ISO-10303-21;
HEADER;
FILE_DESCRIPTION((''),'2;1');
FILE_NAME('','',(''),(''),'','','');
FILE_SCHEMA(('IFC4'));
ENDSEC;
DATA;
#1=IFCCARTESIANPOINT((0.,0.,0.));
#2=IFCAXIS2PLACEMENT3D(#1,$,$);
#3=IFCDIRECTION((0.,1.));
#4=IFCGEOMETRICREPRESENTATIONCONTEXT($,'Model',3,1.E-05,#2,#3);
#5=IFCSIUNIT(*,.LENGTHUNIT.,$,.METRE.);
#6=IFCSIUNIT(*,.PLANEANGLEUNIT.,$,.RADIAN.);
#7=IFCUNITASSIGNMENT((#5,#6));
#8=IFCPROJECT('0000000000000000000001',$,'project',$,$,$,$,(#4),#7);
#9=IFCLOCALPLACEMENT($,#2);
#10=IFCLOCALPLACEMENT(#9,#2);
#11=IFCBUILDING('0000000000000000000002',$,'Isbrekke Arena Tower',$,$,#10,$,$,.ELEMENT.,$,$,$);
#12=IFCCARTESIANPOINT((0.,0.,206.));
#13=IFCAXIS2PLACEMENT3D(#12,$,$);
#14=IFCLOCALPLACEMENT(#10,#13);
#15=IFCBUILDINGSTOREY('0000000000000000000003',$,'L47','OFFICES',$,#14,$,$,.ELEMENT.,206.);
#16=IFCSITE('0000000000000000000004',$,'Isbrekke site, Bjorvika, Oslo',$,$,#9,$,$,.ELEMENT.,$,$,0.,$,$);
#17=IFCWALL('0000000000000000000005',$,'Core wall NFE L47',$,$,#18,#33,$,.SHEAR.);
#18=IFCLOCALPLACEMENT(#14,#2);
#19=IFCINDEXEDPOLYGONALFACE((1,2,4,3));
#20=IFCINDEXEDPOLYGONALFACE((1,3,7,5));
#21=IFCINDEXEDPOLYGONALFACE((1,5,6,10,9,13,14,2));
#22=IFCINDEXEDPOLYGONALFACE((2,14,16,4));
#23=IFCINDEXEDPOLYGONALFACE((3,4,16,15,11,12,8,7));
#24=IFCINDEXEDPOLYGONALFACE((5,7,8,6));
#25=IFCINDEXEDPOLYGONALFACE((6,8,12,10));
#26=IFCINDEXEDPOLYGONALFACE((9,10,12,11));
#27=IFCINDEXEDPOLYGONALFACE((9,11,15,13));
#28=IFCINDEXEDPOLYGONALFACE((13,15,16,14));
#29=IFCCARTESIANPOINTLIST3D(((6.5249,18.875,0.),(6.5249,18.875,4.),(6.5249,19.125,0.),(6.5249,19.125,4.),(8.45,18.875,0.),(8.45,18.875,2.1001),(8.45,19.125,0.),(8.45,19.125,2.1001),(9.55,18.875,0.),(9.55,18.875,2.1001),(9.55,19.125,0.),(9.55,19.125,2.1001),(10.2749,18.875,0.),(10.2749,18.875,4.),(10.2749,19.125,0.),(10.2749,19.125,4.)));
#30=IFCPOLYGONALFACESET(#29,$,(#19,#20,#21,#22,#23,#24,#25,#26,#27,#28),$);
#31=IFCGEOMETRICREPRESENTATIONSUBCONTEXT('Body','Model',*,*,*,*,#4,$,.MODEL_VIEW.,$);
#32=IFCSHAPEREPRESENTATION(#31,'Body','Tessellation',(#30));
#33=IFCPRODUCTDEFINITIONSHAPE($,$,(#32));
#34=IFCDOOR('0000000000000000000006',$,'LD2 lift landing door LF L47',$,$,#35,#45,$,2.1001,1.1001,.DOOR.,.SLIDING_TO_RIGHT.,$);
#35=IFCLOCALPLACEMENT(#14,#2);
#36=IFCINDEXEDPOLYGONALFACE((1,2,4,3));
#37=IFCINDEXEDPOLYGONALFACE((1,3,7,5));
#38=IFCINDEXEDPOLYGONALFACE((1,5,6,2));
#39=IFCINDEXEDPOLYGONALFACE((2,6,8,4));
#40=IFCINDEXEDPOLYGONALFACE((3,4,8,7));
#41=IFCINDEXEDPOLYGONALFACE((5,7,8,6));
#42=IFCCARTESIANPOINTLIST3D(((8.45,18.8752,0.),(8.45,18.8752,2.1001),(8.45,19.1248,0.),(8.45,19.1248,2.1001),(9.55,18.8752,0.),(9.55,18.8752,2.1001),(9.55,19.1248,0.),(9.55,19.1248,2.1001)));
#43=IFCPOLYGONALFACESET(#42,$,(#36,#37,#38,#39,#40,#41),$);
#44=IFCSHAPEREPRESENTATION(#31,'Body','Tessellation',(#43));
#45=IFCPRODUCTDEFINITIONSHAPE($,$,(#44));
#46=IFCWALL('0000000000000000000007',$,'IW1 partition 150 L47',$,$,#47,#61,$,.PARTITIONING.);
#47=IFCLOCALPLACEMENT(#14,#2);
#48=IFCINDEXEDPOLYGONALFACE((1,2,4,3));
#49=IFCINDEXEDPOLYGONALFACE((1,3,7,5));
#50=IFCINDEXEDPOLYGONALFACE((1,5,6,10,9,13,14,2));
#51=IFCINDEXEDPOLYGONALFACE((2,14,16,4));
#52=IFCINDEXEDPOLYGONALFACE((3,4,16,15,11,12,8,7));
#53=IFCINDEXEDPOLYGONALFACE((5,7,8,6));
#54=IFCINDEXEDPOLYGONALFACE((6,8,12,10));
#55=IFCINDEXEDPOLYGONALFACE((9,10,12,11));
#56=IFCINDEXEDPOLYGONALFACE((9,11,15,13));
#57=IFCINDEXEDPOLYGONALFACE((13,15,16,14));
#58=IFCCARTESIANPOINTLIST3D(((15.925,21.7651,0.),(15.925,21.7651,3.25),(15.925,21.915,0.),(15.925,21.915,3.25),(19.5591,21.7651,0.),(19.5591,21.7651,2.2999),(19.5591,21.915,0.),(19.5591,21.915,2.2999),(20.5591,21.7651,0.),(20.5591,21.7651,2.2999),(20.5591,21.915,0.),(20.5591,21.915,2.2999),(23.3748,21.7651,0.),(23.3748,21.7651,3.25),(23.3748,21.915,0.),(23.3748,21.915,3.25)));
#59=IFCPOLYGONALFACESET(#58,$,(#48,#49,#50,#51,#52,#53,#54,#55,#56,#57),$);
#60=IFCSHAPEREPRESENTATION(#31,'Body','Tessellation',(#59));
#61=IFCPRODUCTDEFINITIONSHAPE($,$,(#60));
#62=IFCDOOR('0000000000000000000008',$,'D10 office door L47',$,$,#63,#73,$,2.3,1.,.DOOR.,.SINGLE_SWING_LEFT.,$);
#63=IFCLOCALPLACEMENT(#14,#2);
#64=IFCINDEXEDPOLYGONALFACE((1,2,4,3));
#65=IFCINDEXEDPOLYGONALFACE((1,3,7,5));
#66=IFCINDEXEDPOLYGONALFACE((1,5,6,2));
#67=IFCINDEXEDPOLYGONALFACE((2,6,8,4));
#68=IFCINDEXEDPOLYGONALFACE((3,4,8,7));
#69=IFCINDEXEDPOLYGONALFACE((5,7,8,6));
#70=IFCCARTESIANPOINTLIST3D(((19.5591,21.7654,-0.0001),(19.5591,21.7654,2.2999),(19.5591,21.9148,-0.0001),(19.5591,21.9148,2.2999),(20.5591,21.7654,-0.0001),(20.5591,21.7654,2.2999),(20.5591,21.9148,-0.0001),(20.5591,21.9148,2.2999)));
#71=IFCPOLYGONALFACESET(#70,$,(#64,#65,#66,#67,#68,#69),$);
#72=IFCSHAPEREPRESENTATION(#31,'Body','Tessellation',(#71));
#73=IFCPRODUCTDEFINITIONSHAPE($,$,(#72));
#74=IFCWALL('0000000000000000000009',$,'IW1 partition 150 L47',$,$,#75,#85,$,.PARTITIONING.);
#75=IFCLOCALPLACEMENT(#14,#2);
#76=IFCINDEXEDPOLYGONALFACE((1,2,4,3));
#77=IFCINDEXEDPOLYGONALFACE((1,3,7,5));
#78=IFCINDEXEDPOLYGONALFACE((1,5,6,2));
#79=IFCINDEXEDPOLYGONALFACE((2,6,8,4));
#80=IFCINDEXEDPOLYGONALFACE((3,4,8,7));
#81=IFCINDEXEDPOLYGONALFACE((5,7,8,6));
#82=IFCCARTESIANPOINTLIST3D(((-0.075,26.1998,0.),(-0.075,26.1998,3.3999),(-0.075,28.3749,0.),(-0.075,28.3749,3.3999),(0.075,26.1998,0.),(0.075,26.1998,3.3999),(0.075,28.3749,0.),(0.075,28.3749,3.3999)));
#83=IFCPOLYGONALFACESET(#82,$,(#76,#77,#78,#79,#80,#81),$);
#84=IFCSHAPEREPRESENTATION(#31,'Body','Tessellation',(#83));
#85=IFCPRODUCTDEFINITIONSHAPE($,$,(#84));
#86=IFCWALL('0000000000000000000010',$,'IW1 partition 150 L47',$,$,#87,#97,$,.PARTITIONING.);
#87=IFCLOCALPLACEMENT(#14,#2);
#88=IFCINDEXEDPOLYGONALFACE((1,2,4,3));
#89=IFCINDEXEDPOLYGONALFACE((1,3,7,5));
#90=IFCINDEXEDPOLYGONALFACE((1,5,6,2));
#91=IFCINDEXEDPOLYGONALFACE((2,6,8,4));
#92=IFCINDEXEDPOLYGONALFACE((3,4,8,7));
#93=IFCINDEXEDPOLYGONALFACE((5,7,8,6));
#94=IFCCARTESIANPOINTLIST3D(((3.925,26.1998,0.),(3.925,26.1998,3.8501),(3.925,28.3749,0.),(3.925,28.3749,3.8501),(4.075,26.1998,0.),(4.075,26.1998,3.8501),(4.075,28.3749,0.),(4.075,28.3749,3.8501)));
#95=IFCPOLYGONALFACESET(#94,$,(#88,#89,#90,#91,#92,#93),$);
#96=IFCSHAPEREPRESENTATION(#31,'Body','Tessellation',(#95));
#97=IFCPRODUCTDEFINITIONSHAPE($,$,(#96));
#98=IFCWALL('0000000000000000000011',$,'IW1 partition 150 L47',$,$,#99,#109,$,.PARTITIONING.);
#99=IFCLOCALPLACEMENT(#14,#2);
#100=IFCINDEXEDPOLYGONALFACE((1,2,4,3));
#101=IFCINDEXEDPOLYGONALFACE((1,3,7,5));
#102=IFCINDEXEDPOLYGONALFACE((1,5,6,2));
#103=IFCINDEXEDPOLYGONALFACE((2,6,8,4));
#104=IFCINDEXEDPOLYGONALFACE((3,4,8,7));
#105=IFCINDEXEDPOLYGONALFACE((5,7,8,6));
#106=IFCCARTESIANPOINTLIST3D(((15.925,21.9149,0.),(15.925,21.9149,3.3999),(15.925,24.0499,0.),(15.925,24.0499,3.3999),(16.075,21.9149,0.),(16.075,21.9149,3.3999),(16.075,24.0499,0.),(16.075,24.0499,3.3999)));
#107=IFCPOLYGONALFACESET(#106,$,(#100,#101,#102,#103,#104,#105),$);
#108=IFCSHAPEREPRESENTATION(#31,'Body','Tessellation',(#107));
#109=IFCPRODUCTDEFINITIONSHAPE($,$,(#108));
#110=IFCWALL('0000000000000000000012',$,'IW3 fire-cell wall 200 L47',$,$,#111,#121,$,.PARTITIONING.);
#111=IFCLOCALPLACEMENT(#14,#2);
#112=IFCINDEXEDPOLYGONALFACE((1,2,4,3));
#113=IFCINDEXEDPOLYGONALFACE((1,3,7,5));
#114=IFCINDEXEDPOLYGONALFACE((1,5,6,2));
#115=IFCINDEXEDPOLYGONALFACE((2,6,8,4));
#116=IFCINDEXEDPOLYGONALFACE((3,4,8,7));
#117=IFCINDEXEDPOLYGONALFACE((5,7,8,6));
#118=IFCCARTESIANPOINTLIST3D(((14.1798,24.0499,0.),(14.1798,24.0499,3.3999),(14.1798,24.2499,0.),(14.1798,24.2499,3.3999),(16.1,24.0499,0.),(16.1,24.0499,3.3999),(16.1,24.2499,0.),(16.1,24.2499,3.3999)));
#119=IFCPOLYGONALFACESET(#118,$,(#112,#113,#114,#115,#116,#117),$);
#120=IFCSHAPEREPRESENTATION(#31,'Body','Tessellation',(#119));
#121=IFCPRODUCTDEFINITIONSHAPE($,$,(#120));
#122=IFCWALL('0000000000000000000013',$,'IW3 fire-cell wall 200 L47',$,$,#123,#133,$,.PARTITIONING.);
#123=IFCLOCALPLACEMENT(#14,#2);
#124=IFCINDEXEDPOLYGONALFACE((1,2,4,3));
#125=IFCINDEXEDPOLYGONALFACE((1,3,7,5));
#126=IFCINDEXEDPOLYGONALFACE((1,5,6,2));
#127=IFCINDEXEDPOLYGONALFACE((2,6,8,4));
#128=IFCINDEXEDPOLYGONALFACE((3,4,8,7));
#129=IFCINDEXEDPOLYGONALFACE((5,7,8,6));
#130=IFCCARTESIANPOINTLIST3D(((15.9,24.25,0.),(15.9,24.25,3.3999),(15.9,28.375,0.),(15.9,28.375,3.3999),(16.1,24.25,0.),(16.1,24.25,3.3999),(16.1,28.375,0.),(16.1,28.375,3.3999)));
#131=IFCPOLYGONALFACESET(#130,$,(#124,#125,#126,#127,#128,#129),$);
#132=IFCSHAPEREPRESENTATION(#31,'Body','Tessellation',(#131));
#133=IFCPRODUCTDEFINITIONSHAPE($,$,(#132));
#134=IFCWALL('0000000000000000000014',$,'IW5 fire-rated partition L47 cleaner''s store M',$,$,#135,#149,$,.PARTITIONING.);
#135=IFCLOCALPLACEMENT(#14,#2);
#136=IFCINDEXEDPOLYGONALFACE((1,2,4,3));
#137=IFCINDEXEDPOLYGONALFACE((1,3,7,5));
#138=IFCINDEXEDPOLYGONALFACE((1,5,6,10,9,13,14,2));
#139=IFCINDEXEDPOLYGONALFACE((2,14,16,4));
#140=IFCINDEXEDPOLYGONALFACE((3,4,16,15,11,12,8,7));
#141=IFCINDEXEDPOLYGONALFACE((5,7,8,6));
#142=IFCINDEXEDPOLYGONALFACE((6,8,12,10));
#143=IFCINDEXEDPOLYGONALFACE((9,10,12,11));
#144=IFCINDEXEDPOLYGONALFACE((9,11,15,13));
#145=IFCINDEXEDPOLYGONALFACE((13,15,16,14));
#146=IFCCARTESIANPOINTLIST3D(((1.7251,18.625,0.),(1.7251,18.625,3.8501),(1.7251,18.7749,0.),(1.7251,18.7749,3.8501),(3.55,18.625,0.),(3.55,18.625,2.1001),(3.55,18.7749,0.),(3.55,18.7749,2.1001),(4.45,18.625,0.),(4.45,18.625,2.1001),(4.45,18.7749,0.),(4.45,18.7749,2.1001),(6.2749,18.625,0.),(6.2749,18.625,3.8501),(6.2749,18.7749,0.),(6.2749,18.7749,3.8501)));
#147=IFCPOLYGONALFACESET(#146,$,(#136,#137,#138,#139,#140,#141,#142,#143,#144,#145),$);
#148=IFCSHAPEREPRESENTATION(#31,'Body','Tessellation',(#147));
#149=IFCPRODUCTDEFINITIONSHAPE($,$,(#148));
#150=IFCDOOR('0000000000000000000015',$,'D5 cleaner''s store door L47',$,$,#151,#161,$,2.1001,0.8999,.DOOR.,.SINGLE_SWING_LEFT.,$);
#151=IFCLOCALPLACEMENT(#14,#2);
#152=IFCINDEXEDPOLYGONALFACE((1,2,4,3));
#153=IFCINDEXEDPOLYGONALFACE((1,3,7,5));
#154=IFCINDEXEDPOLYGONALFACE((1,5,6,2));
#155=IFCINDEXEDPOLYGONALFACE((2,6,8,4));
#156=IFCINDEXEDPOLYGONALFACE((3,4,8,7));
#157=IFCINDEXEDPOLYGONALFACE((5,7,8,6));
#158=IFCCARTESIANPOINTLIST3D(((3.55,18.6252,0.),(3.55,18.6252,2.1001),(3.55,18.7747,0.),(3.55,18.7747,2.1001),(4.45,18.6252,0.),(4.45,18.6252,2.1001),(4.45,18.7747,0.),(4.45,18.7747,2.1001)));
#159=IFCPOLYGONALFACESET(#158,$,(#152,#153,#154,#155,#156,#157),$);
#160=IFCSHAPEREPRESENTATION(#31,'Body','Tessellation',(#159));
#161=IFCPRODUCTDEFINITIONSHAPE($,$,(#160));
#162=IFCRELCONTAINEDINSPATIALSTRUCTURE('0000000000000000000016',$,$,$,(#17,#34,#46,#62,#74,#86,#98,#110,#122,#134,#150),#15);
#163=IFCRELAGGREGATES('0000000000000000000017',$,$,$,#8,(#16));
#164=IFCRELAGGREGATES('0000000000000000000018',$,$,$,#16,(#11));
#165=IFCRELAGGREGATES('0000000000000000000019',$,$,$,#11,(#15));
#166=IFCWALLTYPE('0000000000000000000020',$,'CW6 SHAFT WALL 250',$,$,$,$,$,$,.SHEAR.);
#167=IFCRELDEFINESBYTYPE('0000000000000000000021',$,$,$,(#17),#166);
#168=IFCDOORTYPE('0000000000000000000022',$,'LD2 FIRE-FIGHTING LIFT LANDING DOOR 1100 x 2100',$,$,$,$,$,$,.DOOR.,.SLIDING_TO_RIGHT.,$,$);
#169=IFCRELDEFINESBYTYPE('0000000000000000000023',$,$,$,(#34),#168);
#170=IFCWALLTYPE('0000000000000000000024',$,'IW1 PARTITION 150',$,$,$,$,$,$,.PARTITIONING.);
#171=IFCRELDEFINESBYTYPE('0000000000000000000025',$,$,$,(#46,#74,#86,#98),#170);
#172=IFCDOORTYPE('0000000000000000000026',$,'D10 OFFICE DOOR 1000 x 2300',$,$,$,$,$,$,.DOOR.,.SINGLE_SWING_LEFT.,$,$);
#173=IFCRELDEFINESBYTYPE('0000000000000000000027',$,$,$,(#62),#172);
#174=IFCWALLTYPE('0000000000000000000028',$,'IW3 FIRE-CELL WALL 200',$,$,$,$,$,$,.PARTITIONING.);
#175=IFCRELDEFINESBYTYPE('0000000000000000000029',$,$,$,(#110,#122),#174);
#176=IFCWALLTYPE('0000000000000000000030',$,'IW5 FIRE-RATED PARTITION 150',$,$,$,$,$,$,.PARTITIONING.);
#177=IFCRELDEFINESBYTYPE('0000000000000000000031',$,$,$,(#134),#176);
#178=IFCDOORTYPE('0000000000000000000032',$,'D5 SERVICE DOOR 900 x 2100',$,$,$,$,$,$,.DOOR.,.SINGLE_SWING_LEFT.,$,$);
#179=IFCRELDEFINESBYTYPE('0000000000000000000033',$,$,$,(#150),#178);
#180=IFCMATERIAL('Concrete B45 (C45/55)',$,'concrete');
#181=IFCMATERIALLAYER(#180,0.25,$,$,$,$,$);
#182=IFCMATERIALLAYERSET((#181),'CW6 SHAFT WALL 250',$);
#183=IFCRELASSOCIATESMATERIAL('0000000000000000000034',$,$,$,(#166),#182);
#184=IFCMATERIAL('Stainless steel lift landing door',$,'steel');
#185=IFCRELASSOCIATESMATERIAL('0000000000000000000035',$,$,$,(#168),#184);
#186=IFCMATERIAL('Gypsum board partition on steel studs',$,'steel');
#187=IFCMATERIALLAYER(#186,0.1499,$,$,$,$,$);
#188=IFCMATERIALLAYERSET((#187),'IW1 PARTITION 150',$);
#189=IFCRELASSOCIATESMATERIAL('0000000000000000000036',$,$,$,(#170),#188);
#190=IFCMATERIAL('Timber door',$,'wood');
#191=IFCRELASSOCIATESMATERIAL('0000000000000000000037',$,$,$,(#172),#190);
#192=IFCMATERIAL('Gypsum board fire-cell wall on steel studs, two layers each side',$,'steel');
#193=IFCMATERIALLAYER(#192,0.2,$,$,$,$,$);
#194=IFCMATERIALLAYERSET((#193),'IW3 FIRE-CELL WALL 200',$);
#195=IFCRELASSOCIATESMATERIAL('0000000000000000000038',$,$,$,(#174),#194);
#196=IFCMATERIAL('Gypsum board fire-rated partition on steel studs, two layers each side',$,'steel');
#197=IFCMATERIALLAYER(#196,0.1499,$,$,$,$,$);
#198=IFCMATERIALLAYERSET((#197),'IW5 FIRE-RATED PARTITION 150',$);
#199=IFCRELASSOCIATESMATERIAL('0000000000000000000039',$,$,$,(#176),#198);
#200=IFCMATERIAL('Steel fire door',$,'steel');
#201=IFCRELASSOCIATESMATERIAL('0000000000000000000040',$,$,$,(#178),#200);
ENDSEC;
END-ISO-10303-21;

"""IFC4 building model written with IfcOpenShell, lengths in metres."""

from ifc_helpers import new_model, si_unit, direction, frame, frame_2d, origin, place, context, subcontext, project, spatial, rectangle, extrude, material, layer, layer_set, type_object, element, fill, save


model = new_model("IFC4")

# Units and contexts
model_context = context("Model", 3, precision=1e-05, world=origin(), true_north=direction((0.0, 1.0)))
body_context = subcontext(model_context, "Body", "Model", "MODEL_VIEW")
ifc_project = project(units=[si_unit("LENGTHUNIT", "METRE"), si_unit("PLANEANGLEUNIT", "RADIAN")], contexts=[model_context])

# Site, building, storey
site_placement = place(None, origin())
site = spatial("IfcSite", under=ifc_project, at=site_placement, Name="Isbrekke site, Bjorvika, Oslo", CompositionType="ELEMENT", RefElevation=0.0)
building_placement = place(site_placement, origin())
building = spatial("IfcBuilding", under=site, at=building_placement, Name="Isbrekke Arena Tower", CompositionType="ELEMENT")
storey_placement = place(building_placement, frame((0.0, 0.0, 206.0)))
storey = spatial("IfcBuildingStorey", under=building, at=storey_placement, Name="L47", Description="OFFICES", CompositionType="ELEMENT", Elevation=206.0)

# Walls, openings, doors
ifc_material_1 = material(Name="Concrete B45 (C45/55)", Category="concrete")
ifc_layer_1 = layer(ifc_material_1, 0.25)
ifc_layer_set_1 = layer_set([ifc_layer_1], Name="CW6 SHAFT WALL 250")
wall_type_1 = type_object("IfcWallType", Name="CW6 SHAFT WALL 250", PredefinedType="SHEAR", material=ifc_layer_set_1)
wall_1_placement = place(storey_placement, frame((6.5249, 19.0, 0.0), z_axis=(0.0, 0.0, 1.0), x_axis=(1.0, 0.0, 0.0)))
wall_1 = element("IfcWall", 1, at=wall_1_placement, inside=storey, type_object=wall_type_1, Name="Core wall NFE L47", PredefinedType="SHEAR", context=body_context, shape_type="SweptSolid", body=[
    extrude(rectangle(XDim=3.75, YDim=0.25, at=frame_2d((1.875, 0.0))), origin(), (0.0, 0.0, 1.0), 4.0),
])
opening_1_placement = place(wall_1_placement, frame((1.925, 0.0, 0.0)))
opening_1 = element("IfcOpeningElement", 2, at=opening_1_placement, cuts=wall_1, PredefinedType="OPENING", context=body_context, shape_type="SweptSolid", body=[
    extrude(rectangle(XDim=1.1001, YDim=2.1001, at=frame_2d((0.55, 1.05))), frame((0.0, 0.1399, 0.0), z_axis=(0.0, -1.0, 0.0), x_axis=(1.0, 0.0, 0.0)), (0.0, 0.0, 1.0), 0.2798),
])
ifc_material_2 = material(Name="Stainless steel lift landing door", Category="steel")
door_type_1 = type_object("IfcDoorType", Name="LD2 FIRE-FIGHTING LIFT LANDING DOOR 1100 x 2100", OperationType="SLIDING_TO_RIGHT", PredefinedType="DOOR", material=ifc_material_2)
door_1_placement = place(opening_1_placement, origin())
door_1 = element("IfcDoor", 3, at=door_1_placement, inside=storey, type_object=door_type_1, Name="LD2 lift landing door LF L47", OperationType="SLIDING_TO_RIGHT", OverallHeight=2.1001, OverallWidth=1.1001, PredefinedType="DOOR", context=body_context, shape_type="SweptSolid", body=[
    extrude(rectangle(XDim=1.1001, YDim=2.1001, at=frame_2d((0.55, 1.05))), frame((0.0, 0.1248, 0.0), z_axis=(0.0, -1.0, 0.0), x_axis=(1.0, 0.0, 0.0)), (0.0, 0.0, 1.0), 0.2495),
])
fill(opening_1, door_1)
ifc_material_3 = material(Name="Gypsum board partition on steel studs", Category="steel")
ifc_layer_2 = layer(ifc_material_3, 0.1499)
ifc_layer_set_2 = layer_set([ifc_layer_2], Name="IW1 PARTITION 150")
wall_type_2 = type_object("IfcWallType", Name="IW1 PARTITION 150", PredefinedType="PARTITIONING", material=ifc_layer_set_2)
wall_2_placement = place(storey_placement, frame((15.925, 21.8401, 0.0), z_axis=(0.0, 0.0, 1.0), x_axis=(1.0, 0.0, 0.0)))
wall_2 = element("IfcWall", 4, at=wall_2_placement, inside=storey, type_object=wall_type_2, Name="IW1 partition 150 L47", PredefinedType="PARTITIONING", context=body_context, shape_type="SweptSolid", body=[
    extrude(rectangle(XDim=7.4497, YDim=0.1499, at=frame_2d((3.7249, 0.0))), origin(), (0.0, 0.0, 1.0), 3.25),
])
opening_2_placement = place(wall_2_placement, frame((3.634, 0.0, 0.0)))
opening_2 = element("IfcOpeningElement", 5, at=opening_2_placement, cuts=wall_2, PredefinedType="OPENING", context=body_context, shape_type="SweptSolid", body=[
    extrude(rectangle(XDim=1.0, YDim=2.3, at=frame_2d((0.5, 1.1499))), frame((0.0, 0.0898, 0.0), z_axis=(0.0, -1.0, 0.0), x_axis=(1.0, 0.0, 0.0)), (0.0, 0.0, 1.0), 0.1797),
])
ifc_material_4 = material(Name="Timber door", Category="wood")
door_type_2 = type_object("IfcDoorType", Name="D10 OFFICE DOOR 1000 x 2300", OperationType="SINGLE_SWING_LEFT", PredefinedType="DOOR", material=ifc_material_4)
door_2_placement = place(opening_2_placement, origin())
door_2 = element("IfcDoor", 6, at=door_2_placement, inside=storey, type_object=door_type_2, Name="D10 office door L47", OperationType="SINGLE_SWING_LEFT", OverallHeight=2.3, OverallWidth=1.0, PredefinedType="DOOR", context=body_context, shape_type="SweptSolid", body=[
    extrude(rectangle(XDim=1.0, YDim=2.3, at=frame_2d((0.5, 1.1499))), frame((0.0, 0.0747, 0.0), z_axis=(0.0, -1.0, 0.0), x_axis=(1.0, 0.0, 0.0)), (0.0, 0.0, 1.0), 0.1494),
])
fill(opening_2, door_2)

# Walls
wall_3_placement = place(storey_placement, frame((0.0, 26.2, 0.0), z_axis=(0.0, 0.0, 1.0), x_axis=(0.0, 1.0, 0.0)))
element("IfcWall", 7, at=wall_3_placement, inside=storey, type_object=wall_type_2, Name="IW1 partition 150 L47", PredefinedType="PARTITIONING", context=body_context, shape_type="SweptSolid", body=[
    extrude(rectangle(XDim=2.175, YDim=0.1499, at=frame_2d((1.0874, 0.0))), origin(), (0.0, 0.0, 1.0), 3.3999),
])
wall_4_placement = place(storey_placement, frame((4.0, 26.2, 0.0), z_axis=(0.0, 0.0, 1.0), x_axis=(0.0, 1.0, 0.0)))
element("IfcWall", 8, at=wall_4_placement, inside=storey, type_object=wall_type_2, Name="IW1 partition 150 L47", PredefinedType="PARTITIONING", context=body_context, shape_type="SweptSolid", body=[
    extrude(rectangle(XDim=2.175, YDim=0.1499, at=frame_2d((1.0874, 0.0))), origin(), (0.0, 0.0, 1.0), 3.8501),
])
wall_5_placement = place(storey_placement, frame((16.0, 21.915, 0.0), z_axis=(0.0, 0.0, 1.0), x_axis=(0.0, 1.0, 0.0)))
element("IfcWall", 9, at=wall_5_placement, inside=storey, type_object=wall_type_2, Name="IW1 partition 150 L47", PredefinedType="PARTITIONING", context=body_context, shape_type="SweptSolid", body=[
    extrude(rectangle(XDim=2.135, YDim=0.1499, at=frame_2d((1.0674, 0.0))), origin(), (0.0, 0.0, 1.0), 3.3999),
])
ifc_material_5 = material(Name="Gypsum board fire-cell wall on steel studs, two layers each side", Category="steel")
ifc_layer_3 = layer(ifc_material_5, 0.2)
ifc_layer_set_3 = layer_set([ifc_layer_3], Name="IW3 FIRE-CELL WALL 200")
wall_type_3 = type_object("IfcWallType", Name="IW3 FIRE-CELL WALL 200", PredefinedType="PARTITIONING", material=ifc_layer_set_3)
wall_6_placement = place(storey_placement, frame((14.1799, 24.1499, 0.0), z_axis=(0.0, 0.0, 1.0), x_axis=(1.0, 0.0, 0.0)))
element("IfcWall", 10, at=wall_6_placement, inside=storey, type_object=wall_type_3, Name="IW3 fire-cell wall 200 L47", PredefinedType="PARTITIONING", context=body_context, shape_type="SweptSolid", body=[
    extrude(rectangle(XDim=1.9202, YDim=0.2, at=frame_2d((0.96, 0.0))), origin(), (0.0, 0.0, 1.0), 3.3999),
])
wall_7_placement = place(storey_placement, frame((16.0, 24.25, 0.0), z_axis=(0.0, 0.0, 1.0), x_axis=(0.0, 1.0, 0.0)))
element("IfcWall", 11, at=wall_7_placement, inside=storey, type_object=wall_type_3, Name="IW3 fire-cell wall 200 L47", PredefinedType="PARTITIONING", context=body_context, shape_type="SweptSolid", body=[
    extrude(rectangle(XDim=4.125, YDim=0.2, at=frame_2d((2.0625, 0.0))), origin(), (0.0, 0.0, 1.0), 3.3999),
])

# Wall, opening, door
ifc_material_6 = material(Name="Gypsum board fire-rated partition on steel studs, two layers each side", Category="steel")
ifc_layer_4 = layer(ifc_material_6, 0.1499)
ifc_layer_set_4 = layer_set([ifc_layer_4], Name="IW5 FIRE-RATED PARTITION 150")
wall_type_4 = type_object("IfcWallType", Name="IW5 FIRE-RATED PARTITION 150", PredefinedType="PARTITIONING", material=ifc_layer_set_4)
wall_8_placement = place(storey_placement, frame((1.7251, 18.7, 0.0), z_axis=(0.0, 0.0, 1.0), x_axis=(1.0, 0.0, 0.0)))
wall_8 = element("IfcWall", 12, at=wall_8_placement, inside=storey, type_object=wall_type_4, Name="IW5 fire-rated partition L47 cleaner's store M", PredefinedType="PARTITIONING", context=body_context, shape_type="SweptSolid", body=[
    extrude(rectangle(XDim=4.5498, YDim=0.1499, at=frame_2d((2.2749, 0.0))), origin(), (0.0, 0.0, 1.0), 3.8501),
])
opening_3_placement = place(wall_8_placement, frame((1.825, 0.0, 0.0)))
opening_3 = element("IfcOpeningElement", 13, at=opening_3_placement, cuts=wall_8, PredefinedType="OPENING", context=body_context, shape_type="SweptSolid", body=[
    extrude(rectangle(XDim=0.8999, YDim=2.1001, at=frame_2d((0.45, 1.05))), frame((0.0, 0.0898, 0.0), z_axis=(0.0, -1.0, 0.0), x_axis=(1.0, 0.0, 0.0)), (0.0, 0.0, 1.0), 0.1797),
])
ifc_material_7 = material(Name="Steel fire door", Category="steel")
door_type_3 = type_object("IfcDoorType", Name="D5 SERVICE DOOR 900 x 2100", OperationType="SINGLE_SWING_LEFT", PredefinedType="DOOR", material=ifc_material_7)
door_3_placement = place(opening_3_placement, origin())
door_3 = element("IfcDoor", 14, at=door_3_placement, inside=storey, type_object=door_type_3, Name="D5 cleaner's store door L47", OperationType="SINGLE_SWING_LEFT", OverallHeight=2.1001, OverallWidth=0.8999, PredefinedType="DOOR", context=body_context, shape_type="SweptSolid", body=[
    extrude(rectangle(XDim=0.8999, YDim=2.1001, at=frame_2d((0.45, 1.05))), frame((0.0, 0.0747, 0.0), z_axis=(0.0, -1.0, 0.0), x_axis=(1.0, 0.0, 0.0)), (0.0, 0.0, 1.0), 0.1494),
])
fill(opening_3, door_3)

save(model, "model.ifc")
